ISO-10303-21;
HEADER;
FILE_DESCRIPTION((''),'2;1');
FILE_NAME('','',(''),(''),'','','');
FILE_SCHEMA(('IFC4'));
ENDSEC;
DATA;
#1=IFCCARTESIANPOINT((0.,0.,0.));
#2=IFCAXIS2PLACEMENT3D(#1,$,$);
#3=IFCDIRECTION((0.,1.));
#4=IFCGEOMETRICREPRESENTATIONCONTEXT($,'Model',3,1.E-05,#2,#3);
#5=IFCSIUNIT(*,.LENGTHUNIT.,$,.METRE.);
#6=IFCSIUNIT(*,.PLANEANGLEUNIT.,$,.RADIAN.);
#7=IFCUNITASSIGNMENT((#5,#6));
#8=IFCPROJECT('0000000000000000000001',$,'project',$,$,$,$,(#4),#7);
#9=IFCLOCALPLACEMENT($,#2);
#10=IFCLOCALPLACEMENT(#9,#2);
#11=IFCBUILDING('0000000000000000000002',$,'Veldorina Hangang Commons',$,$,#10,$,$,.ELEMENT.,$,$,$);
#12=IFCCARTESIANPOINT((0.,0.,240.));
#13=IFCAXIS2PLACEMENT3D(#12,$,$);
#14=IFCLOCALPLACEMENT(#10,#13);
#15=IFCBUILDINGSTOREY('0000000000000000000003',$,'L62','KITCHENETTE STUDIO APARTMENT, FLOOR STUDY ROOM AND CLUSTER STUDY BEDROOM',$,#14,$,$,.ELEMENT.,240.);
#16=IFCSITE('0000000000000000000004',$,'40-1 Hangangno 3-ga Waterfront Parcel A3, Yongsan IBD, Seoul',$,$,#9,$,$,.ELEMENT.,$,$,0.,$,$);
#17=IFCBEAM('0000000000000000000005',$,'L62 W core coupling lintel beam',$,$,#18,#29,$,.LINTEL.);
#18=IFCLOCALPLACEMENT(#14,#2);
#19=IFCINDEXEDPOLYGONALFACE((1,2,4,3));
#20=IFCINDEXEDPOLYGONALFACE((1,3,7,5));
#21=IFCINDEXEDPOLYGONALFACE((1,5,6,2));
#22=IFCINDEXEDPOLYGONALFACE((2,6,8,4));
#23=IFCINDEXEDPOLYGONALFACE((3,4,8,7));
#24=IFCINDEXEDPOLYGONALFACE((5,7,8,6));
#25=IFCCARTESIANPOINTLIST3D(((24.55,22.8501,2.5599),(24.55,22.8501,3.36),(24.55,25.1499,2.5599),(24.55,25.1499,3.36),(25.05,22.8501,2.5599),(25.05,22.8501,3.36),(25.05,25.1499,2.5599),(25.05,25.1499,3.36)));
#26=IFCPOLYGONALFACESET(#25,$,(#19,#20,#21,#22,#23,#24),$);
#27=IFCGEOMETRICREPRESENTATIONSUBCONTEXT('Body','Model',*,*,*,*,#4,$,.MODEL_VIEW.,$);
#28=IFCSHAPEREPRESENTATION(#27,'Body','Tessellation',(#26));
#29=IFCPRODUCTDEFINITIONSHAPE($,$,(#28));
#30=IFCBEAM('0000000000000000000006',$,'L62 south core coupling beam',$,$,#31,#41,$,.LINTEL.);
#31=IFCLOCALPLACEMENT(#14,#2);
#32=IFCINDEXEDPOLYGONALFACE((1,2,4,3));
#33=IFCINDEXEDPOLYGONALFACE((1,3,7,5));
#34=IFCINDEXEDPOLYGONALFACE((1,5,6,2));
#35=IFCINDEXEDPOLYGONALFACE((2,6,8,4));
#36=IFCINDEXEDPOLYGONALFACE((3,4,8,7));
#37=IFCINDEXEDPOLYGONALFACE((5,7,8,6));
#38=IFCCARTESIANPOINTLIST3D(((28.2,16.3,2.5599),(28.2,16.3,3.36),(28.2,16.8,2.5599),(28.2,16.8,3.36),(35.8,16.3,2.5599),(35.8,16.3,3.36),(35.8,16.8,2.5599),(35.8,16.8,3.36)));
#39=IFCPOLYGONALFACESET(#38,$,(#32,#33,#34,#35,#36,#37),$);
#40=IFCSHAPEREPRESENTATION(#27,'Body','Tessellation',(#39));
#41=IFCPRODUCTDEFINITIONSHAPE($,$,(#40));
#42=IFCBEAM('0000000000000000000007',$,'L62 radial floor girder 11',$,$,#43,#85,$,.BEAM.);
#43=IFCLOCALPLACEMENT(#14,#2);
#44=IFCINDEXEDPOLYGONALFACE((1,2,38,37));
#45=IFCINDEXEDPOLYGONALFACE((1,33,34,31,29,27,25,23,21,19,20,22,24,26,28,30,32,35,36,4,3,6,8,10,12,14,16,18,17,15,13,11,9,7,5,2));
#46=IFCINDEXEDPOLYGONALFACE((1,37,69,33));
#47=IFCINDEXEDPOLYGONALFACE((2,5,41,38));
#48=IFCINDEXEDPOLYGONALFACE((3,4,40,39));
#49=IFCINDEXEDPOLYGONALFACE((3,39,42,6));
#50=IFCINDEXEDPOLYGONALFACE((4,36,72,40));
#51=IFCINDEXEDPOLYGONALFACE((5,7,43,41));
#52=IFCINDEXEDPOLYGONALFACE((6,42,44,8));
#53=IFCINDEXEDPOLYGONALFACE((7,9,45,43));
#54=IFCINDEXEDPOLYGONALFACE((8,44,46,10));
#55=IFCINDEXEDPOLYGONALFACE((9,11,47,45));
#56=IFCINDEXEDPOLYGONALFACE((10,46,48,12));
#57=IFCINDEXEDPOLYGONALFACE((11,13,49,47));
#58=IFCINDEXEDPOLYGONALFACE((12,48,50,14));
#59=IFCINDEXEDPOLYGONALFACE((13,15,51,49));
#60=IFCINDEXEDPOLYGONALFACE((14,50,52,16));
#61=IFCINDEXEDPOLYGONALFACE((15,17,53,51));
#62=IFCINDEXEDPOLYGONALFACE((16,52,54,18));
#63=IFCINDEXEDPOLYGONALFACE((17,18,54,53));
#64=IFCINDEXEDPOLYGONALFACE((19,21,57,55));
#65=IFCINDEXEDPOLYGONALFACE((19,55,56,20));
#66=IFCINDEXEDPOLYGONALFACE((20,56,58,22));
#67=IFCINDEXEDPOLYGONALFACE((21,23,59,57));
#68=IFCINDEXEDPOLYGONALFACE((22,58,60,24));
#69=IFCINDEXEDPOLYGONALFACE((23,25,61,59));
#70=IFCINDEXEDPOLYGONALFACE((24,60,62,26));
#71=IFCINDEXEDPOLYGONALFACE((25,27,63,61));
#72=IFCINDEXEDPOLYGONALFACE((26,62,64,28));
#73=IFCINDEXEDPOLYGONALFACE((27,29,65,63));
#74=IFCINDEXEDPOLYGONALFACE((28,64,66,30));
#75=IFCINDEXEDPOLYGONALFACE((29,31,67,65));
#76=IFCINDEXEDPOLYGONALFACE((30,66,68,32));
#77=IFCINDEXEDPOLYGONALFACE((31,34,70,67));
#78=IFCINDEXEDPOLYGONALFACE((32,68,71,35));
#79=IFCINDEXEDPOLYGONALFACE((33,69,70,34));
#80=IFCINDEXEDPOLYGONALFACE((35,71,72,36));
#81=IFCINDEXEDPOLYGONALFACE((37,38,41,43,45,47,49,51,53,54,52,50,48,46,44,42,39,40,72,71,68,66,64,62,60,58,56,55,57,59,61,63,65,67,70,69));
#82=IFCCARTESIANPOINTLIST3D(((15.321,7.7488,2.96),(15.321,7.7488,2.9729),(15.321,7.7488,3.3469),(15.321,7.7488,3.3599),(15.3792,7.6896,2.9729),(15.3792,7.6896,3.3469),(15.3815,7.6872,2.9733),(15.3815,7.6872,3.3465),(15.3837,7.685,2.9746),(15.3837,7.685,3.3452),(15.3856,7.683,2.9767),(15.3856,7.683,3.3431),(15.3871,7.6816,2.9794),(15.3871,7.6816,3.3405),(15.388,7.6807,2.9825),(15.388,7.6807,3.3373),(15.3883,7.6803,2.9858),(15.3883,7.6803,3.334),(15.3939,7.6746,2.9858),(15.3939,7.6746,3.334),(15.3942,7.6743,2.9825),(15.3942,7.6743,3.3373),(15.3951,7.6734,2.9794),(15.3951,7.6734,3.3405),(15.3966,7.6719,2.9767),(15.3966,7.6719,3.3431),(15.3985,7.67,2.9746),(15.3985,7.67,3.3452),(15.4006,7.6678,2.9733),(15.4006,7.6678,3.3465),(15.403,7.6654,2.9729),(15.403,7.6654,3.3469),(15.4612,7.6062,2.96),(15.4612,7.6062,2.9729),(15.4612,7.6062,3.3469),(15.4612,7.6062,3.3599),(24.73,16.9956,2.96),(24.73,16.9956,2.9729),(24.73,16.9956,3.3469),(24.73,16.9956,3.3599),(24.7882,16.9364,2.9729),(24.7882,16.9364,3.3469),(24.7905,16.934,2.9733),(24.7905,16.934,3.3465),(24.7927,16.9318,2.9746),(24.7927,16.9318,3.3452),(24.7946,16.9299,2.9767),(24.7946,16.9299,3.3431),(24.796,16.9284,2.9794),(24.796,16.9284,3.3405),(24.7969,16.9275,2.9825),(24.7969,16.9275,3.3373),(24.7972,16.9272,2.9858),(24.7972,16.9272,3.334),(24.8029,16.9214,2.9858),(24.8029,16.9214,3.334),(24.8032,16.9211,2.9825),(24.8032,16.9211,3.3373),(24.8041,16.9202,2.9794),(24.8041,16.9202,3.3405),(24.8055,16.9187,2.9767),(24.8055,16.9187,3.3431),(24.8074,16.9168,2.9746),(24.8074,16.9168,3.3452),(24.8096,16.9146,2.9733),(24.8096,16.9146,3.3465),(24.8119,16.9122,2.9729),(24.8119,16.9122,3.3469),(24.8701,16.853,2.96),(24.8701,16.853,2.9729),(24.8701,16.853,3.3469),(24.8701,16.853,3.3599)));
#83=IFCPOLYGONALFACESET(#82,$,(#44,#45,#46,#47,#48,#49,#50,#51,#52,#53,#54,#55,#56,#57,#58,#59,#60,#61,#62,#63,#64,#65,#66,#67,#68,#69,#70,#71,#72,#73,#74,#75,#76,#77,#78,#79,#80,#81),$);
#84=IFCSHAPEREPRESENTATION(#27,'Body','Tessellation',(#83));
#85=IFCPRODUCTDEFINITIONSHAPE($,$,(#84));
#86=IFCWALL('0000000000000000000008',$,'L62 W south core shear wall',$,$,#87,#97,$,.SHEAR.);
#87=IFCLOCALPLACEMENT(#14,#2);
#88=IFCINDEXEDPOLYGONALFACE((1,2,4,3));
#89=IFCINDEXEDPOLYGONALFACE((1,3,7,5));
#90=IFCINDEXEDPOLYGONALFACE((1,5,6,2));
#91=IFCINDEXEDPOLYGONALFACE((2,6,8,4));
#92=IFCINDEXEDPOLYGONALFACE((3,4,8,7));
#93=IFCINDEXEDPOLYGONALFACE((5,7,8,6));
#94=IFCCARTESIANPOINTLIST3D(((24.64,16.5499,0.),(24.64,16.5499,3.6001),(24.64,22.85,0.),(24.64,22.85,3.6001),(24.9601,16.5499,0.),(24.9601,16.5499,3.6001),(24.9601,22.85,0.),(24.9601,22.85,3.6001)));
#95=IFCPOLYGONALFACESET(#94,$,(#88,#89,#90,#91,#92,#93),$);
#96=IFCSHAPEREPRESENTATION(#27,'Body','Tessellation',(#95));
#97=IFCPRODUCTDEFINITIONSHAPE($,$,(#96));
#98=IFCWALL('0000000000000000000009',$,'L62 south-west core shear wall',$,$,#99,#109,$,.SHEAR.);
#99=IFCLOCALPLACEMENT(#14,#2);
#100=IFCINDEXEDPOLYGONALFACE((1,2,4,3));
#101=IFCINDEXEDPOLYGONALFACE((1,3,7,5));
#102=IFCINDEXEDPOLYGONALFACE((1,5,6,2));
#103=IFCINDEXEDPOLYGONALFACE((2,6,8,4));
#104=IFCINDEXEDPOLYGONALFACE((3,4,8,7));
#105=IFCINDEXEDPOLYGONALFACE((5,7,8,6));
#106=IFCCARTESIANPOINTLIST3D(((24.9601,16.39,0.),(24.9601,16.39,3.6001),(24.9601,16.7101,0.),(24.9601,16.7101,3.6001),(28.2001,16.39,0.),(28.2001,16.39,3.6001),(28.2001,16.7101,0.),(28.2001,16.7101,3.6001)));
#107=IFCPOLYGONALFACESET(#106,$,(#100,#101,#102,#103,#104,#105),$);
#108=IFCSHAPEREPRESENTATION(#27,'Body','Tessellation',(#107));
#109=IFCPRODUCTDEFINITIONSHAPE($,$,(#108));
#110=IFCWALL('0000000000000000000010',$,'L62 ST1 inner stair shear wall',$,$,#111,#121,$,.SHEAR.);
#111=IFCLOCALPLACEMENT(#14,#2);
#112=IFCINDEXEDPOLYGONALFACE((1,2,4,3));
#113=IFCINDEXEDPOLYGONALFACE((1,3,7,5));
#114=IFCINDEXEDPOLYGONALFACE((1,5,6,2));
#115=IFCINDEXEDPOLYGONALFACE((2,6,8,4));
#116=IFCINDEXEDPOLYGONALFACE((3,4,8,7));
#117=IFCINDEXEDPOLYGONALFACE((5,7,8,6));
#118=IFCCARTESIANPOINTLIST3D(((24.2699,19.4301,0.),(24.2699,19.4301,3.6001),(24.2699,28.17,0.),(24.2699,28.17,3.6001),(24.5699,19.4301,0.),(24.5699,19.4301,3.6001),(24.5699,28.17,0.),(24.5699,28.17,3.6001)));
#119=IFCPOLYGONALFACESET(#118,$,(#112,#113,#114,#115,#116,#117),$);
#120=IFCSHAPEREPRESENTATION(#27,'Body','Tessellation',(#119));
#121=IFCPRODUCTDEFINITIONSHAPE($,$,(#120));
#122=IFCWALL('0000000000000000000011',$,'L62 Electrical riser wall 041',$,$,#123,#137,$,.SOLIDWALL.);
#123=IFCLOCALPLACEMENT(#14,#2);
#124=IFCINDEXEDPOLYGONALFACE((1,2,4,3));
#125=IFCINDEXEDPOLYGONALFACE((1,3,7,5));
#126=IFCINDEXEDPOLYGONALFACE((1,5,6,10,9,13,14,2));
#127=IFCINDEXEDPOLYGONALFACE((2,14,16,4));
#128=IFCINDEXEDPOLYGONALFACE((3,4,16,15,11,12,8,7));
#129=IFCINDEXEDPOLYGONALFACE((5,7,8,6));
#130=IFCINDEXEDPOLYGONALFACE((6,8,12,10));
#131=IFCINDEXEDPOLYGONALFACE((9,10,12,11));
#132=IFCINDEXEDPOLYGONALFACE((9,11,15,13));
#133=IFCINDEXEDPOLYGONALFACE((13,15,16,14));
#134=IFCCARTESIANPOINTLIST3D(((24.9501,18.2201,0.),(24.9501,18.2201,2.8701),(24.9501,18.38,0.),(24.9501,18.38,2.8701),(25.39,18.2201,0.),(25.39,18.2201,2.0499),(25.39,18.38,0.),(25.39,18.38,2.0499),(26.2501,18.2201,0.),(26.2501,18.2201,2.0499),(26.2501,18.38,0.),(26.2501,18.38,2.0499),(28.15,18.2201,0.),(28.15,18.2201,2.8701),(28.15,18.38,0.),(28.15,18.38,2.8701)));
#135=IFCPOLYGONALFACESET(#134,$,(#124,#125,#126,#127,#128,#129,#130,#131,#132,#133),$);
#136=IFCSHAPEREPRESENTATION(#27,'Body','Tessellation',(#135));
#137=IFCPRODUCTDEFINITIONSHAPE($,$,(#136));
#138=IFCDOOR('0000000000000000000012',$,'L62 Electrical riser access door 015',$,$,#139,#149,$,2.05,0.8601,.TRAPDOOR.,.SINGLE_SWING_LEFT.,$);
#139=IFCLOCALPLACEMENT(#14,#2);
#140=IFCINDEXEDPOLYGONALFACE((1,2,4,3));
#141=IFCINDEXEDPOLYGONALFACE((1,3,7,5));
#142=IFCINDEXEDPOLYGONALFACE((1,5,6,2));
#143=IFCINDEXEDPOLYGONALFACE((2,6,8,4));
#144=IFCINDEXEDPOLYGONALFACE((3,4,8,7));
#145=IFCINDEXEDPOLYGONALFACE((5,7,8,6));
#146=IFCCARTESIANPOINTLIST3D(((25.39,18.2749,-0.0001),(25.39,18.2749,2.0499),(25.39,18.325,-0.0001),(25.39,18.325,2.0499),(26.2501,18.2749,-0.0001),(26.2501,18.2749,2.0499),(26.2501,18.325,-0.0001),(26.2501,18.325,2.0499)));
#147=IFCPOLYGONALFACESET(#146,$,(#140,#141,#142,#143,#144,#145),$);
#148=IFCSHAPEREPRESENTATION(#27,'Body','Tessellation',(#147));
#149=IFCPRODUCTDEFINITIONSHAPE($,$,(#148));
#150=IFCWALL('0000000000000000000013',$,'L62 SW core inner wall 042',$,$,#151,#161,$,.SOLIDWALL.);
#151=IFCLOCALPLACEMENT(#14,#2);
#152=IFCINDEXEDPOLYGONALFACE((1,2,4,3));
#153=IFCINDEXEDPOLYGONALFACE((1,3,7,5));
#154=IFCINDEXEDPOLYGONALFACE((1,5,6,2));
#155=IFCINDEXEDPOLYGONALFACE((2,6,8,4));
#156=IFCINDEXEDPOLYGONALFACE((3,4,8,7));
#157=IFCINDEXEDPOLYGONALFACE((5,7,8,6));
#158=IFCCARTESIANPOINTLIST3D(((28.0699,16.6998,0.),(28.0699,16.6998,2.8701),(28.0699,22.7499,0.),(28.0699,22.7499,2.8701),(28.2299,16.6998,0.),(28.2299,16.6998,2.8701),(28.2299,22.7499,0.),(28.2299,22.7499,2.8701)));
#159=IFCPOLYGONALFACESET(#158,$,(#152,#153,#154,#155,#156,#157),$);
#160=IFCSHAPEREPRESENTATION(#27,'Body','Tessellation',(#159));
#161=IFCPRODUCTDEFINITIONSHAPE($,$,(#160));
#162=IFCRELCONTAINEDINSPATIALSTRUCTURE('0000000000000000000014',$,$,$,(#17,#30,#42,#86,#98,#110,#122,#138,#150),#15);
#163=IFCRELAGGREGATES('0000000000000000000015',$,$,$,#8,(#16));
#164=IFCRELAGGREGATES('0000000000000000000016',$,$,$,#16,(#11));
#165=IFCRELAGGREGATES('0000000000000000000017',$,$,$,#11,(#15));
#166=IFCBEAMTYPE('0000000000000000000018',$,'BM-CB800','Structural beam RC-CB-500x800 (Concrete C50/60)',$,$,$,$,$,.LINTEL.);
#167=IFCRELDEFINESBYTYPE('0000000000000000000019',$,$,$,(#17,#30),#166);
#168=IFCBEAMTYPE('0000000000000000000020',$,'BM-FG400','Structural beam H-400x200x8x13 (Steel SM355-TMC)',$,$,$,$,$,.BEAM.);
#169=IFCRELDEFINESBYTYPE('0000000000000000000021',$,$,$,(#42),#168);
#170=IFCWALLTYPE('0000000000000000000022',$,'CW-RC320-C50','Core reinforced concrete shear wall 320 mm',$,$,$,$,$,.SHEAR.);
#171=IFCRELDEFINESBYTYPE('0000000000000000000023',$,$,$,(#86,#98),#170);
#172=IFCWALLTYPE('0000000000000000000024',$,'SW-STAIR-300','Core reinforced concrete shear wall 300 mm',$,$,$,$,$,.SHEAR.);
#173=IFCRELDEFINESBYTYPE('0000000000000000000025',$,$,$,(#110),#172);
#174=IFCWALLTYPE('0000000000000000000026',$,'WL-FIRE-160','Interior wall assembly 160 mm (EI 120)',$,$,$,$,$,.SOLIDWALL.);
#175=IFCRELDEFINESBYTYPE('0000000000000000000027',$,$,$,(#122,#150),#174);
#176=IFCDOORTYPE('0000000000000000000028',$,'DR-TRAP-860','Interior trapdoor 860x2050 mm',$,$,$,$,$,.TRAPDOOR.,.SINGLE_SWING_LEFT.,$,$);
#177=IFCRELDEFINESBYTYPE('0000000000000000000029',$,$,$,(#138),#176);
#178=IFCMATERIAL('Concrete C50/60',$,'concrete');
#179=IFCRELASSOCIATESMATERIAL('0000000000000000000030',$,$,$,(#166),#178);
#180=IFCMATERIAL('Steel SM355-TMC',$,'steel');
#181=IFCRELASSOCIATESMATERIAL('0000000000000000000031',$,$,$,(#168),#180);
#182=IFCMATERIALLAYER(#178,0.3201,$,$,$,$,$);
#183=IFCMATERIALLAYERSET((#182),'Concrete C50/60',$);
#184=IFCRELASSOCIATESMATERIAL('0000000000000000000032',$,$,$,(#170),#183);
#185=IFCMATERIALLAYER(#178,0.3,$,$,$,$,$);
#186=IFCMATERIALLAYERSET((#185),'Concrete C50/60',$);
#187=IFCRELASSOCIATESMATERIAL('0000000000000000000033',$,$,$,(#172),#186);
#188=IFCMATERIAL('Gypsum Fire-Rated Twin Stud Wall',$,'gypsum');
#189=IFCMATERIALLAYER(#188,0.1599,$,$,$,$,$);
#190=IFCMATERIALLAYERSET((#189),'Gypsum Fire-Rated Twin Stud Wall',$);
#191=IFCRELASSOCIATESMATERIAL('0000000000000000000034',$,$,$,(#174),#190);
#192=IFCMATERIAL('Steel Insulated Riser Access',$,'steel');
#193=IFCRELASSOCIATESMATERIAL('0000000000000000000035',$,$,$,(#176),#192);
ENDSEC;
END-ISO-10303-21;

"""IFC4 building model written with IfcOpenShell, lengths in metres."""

from ifc_helpers import new_model, si_unit, direction, frame, frame_2d, origin, origin_2d, place, context, subcontext, project, spatial, rectangle, i_section, extrude, material, layer, layer_set, material_profile, profile_set, type_object, element, fill, save


model = new_model("IFC4")

# Units and contexts
model_context = context("Model", 3, precision=1e-05, world=origin(), true_north=direction((0.0, 1.0)))
body_context = subcontext(model_context, "Body", "Model", "MODEL_VIEW")
ifc_project = project(units=[si_unit("LENGTHUNIT", "METRE"), si_unit("PLANEANGLEUNIT", "RADIAN")], contexts=[model_context])

# Site, building, storey
site_placement = place(None, origin())
site = spatial("IfcSite", under=ifc_project, at=site_placement, Name="40-1 Hangangno 3-ga Waterfront Parcel A3, Yongsan IBD, Seoul", CompositionType="ELEMENT", RefElevation=0.0)
building_placement = place(site_placement, origin())
building = spatial("IfcBuilding", under=site, at=building_placement, Name="Veldorina Hangang Commons", CompositionType="ELEMENT")
storey_placement = place(building_placement, frame((0.0, 0.0, 240.0)))
storey = spatial("IfcBuildingStorey", under=building, at=storey_placement, Name="L62", Description="KITCHENETTE STUDIO APARTMENT, FLOOR STUDY ROOM AND CLUSTER STUDY BEDROOM", CompositionType="ELEMENT", Elevation=240.0)

# Beams
ifc_material_1 = material(Name="Concrete C50/60", Category="concrete")
ifc_material_profile_1 = material_profile(ifc_material_1, rectangle(XDim=0.5, YDim=0.8, at=origin_2d()), Name="RC-CB-500x800")
ifc_profile_set_1 = profile_set([ifc_material_profile_1], Name="Concrete C50/60")
beam_type_1 = type_object("IfcBeamType", Name="BM-CB800", Description="Structural beam RC-CB-500x800 (Concrete C50/60)", PredefinedType="LINTEL", material=ifc_profile_set_1)
beam_1_placement = place(storey_placement, frame((24.8, 22.8501, 2.96), z_axis=(0.0, 1.0, 0.0), x_axis=(-1.0, 0.0, 0.0)))
element("IfcBeam", 1, at=beam_1_placement, inside=storey, type_object=beam_type_1, Name="L62 W core coupling lintel beam", PredefinedType="LINTEL", context=body_context, shape_type="SweptSolid", body=[
    extrude(rectangle(XDim=0.5, YDim=0.8, at=origin_2d()), origin(), (0.0, 0.0, 1.0), 2.2998),
])
beam_2_placement = place(storey_placement, frame((28.2, 16.55, 2.96), z_axis=(1.0, 0.0, 0.0), x_axis=(0.0, 1.0, 0.0)))
element("IfcBeam", 2, at=beam_2_placement, inside=storey, type_object=beam_type_1, Name="L62 south core coupling beam", PredefinedType="LINTEL", context=body_context, shape_type="SweptSolid", body=[
    extrude(rectangle(XDim=0.5, YDim=0.8, at=origin_2d()), origin(), (0.0, 0.0, 1.0), 7.6001),
])
ifc_material_2 = material(Name="Steel SM355-TMC", Category="steel")
ifc_material_profile_2 = material_profile(ifc_material_2, i_section(OverallWidth=0.2, OverallDepth=0.3999, WebThickness=0.0081, FlangeThickness=0.0129, FilletRadius=0.0129, at=origin_2d()), Name="H-400x200x8x13")
ifc_profile_set_2 = profile_set([ifc_material_profile_2], Name="Steel SM355-TMC")
beam_type_2 = type_object("IfcBeamType", Name="BM-FG400", Description="Structural beam H-400x200x8x13 (Steel SM355-TMC)", PredefinedType="BEAM", material=ifc_profile_set_2)
beam_3_placement = place(storey_placement, frame((24.8, 16.9243, 3.1599), z_axis=(-0.713224, -0.700936, 0.0), x_axis=(0.700936, -0.713224, 0.0)))
element("IfcBeam", 3, at=beam_3_placement, inside=storey, type_object=beam_type_2, Name="L62 radial floor girder 11", PredefinedType="BEAM", context=body_context, shape_type="SweptSolid", body=[
    extrude(i_section(OverallWidth=0.2, OverallDepth=0.3999, WebThickness=0.0081, FlangeThickness=0.0129, FilletRadius=0.0129, at=origin_2d()), origin(), (0.0, 0.0, 1.0), 13.1921),
])

# Walls
ifc_layer_1 = layer(ifc_material_1, 0.3201)
ifc_layer_set_1 = layer_set([ifc_layer_1], Name="Concrete C50/60")
wall_type_1 = type_object("IfcWallType", Name="CW-RC320-C50", Description="Core reinforced concrete shear wall 320 mm", PredefinedType="SHEAR", material=ifc_layer_set_1)
wall_1_placement = place(storey_placement, frame((24.8, 16.55, 0.0), z_axis=(0.0, 0.0, 1.0), x_axis=(0.0, 1.0, 0.0)))
element("IfcWall", 4, at=wall_1_placement, inside=storey, type_object=wall_type_1, Name="L62 W south core shear wall", PredefinedType="SHEAR", context=body_context, shape_type="SweptSolid", body=[
    extrude(rectangle(XDim=6.3, YDim=0.3201, at=frame_2d((3.1499, 0.0))), origin(), (0.0, 0.0, 1.0), 3.6001),
])
wall_2_placement = place(storey_placement, frame((24.96, 16.55, 0.0), z_axis=(0.0, 0.0, 1.0), x_axis=(1.0, 0.0, 0.0)))
element("IfcWall", 5, at=wall_2_placement, inside=storey, type_object=wall_type_1, Name="L62 south-west core shear wall", PredefinedType="SHEAR", context=body_context, shape_type="SweptSolid", body=[
    extrude(rectangle(XDim=3.24, YDim=0.3201, at=frame_2d((1.6201, 0.0))), origin(), (0.0, 0.0, 1.0), 3.6001),
])
ifc_layer_2 = layer(ifc_material_1, 0.3)
ifc_layer_set_2 = layer_set([ifc_layer_2], Name="Concrete C50/60")
wall_type_2 = type_object("IfcWallType", Name="SW-STAIR-300", Description="Core reinforced concrete shear wall 300 mm", PredefinedType="SHEAR", material=ifc_layer_set_2)
wall_3_placement = place(storey_placement, frame((24.4199, 19.4299, 0.0), z_axis=(0.0, 0.0, 1.0), x_axis=(0.0, 1.0, 0.0)))
element("IfcWall", 6, at=wall_3_placement, inside=storey, type_object=wall_type_2, Name="L62 ST1 inner stair shear wall", PredefinedType="SHEAR", context=body_context, shape_type="SweptSolid", body=[
    extrude(rectangle(XDim=8.74, YDim=0.3, at=frame_2d((4.3701, 0.0))), origin(), (0.0, 0.0, 1.0), 3.6001),
])

# Wall, opening, door
ifc_material_3 = material(Name="Gypsum Fire-Rated Twin Stud Wall", Category="gypsum")
ifc_layer_3 = layer(ifc_material_3, 0.1599)
ifc_layer_set_3 = layer_set([ifc_layer_3], Name="Gypsum Fire-Rated Twin Stud Wall")
wall_type_3 = type_object("IfcWallType", Name="WL-FIRE-160", Description="Interior wall assembly 160 mm (EI 120)", PredefinedType="SOLIDWALL", material=ifc_layer_set_3)
wall_4_placement = place(storey_placement, frame((24.95, 18.3, 0.0), z_axis=(0.0, 0.0, 1.0), x_axis=(1.0, 0.0, 0.0)))
wall_4 = element("IfcWall", 7, at=wall_4_placement, inside=storey, type_object=wall_type_3, Name="L62 Electrical riser wall 041", PredefinedType="SOLIDWALL", context=body_context, shape_type="SweptSolid", body=[
    extrude(rectangle(XDim=3.2, YDim=0.1599, at=frame_2d((1.6001, 0.0))), origin(), (0.0, 0.0, 1.0), 2.8701),
])
opening_1_placement = place(wall_4_placement, frame((0.4399, 0.0, 0.0)))
opening_1 = element("IfcOpeningElement", 8, at=opening_1_placement, cuts=wall_4, PredefinedType="OPENING", context=body_context, shape_type="SweptSolid", body=[
    extrude(rectangle(XDim=0.8601, YDim=2.05, at=frame_2d((0.4302, 1.0249))), frame((0.0, 0.0898, 0.0), z_axis=(0.0, -1.0, 0.0), x_axis=(1.0, 0.0, 0.0)), (0.0, 0.0, 1.0), 0.1799),
])
ifc_material_4 = material(Name="Steel Insulated Riser Access", Category="steel")
door_type_1 = type_object("IfcDoorType", Name="DR-TRAP-860", Description="Interior trapdoor 860x2050 mm", OperationType="SINGLE_SWING_LEFT", PredefinedType="TRAPDOOR", material=ifc_material_4)
door_1_placement = place(opening_1_placement, origin())
door_1 = element("IfcDoor", 9, at=door_1_placement, inside=storey, type_object=door_type_1, Name="L62 Electrical riser access door 015", OperationType="SINGLE_SWING_LEFT", OverallHeight=2.05, OverallWidth=0.8601, PredefinedType="TRAPDOOR", context=body_context, shape_type="SweptSolid", body=[
    extrude(rectangle(XDim=0.8601, YDim=2.05, at=frame_2d((0.4302, 1.0249))), frame((0.0, 0.0249, 0.0), z_axis=(0.0, -1.0, 0.0), x_axis=(1.0, 0.0, 0.0)), (0.0, 0.0, 1.0), 0.05),
])
fill(opening_1, door_1)

# Wall
wall_5_placement = place(storey_placement, frame((28.1499, 16.7, 0.0), z_axis=(0.0, 0.0, 1.0), x_axis=(0.0, 1.0, 0.0)))
element("IfcWall", 10, at=wall_5_placement, inside=storey, type_object=wall_type_3, Name="L62 SW core inner wall 042", PredefinedType="SOLIDWALL", context=body_context, shape_type="SweptSolid", body=[
    extrude(rectangle(XDim=6.05, YDim=0.1599, at=frame_2d((3.0249, 0.0))), origin(), (0.0, 0.0, 1.0), 2.8701),
])

save(model, "model.ifc")
